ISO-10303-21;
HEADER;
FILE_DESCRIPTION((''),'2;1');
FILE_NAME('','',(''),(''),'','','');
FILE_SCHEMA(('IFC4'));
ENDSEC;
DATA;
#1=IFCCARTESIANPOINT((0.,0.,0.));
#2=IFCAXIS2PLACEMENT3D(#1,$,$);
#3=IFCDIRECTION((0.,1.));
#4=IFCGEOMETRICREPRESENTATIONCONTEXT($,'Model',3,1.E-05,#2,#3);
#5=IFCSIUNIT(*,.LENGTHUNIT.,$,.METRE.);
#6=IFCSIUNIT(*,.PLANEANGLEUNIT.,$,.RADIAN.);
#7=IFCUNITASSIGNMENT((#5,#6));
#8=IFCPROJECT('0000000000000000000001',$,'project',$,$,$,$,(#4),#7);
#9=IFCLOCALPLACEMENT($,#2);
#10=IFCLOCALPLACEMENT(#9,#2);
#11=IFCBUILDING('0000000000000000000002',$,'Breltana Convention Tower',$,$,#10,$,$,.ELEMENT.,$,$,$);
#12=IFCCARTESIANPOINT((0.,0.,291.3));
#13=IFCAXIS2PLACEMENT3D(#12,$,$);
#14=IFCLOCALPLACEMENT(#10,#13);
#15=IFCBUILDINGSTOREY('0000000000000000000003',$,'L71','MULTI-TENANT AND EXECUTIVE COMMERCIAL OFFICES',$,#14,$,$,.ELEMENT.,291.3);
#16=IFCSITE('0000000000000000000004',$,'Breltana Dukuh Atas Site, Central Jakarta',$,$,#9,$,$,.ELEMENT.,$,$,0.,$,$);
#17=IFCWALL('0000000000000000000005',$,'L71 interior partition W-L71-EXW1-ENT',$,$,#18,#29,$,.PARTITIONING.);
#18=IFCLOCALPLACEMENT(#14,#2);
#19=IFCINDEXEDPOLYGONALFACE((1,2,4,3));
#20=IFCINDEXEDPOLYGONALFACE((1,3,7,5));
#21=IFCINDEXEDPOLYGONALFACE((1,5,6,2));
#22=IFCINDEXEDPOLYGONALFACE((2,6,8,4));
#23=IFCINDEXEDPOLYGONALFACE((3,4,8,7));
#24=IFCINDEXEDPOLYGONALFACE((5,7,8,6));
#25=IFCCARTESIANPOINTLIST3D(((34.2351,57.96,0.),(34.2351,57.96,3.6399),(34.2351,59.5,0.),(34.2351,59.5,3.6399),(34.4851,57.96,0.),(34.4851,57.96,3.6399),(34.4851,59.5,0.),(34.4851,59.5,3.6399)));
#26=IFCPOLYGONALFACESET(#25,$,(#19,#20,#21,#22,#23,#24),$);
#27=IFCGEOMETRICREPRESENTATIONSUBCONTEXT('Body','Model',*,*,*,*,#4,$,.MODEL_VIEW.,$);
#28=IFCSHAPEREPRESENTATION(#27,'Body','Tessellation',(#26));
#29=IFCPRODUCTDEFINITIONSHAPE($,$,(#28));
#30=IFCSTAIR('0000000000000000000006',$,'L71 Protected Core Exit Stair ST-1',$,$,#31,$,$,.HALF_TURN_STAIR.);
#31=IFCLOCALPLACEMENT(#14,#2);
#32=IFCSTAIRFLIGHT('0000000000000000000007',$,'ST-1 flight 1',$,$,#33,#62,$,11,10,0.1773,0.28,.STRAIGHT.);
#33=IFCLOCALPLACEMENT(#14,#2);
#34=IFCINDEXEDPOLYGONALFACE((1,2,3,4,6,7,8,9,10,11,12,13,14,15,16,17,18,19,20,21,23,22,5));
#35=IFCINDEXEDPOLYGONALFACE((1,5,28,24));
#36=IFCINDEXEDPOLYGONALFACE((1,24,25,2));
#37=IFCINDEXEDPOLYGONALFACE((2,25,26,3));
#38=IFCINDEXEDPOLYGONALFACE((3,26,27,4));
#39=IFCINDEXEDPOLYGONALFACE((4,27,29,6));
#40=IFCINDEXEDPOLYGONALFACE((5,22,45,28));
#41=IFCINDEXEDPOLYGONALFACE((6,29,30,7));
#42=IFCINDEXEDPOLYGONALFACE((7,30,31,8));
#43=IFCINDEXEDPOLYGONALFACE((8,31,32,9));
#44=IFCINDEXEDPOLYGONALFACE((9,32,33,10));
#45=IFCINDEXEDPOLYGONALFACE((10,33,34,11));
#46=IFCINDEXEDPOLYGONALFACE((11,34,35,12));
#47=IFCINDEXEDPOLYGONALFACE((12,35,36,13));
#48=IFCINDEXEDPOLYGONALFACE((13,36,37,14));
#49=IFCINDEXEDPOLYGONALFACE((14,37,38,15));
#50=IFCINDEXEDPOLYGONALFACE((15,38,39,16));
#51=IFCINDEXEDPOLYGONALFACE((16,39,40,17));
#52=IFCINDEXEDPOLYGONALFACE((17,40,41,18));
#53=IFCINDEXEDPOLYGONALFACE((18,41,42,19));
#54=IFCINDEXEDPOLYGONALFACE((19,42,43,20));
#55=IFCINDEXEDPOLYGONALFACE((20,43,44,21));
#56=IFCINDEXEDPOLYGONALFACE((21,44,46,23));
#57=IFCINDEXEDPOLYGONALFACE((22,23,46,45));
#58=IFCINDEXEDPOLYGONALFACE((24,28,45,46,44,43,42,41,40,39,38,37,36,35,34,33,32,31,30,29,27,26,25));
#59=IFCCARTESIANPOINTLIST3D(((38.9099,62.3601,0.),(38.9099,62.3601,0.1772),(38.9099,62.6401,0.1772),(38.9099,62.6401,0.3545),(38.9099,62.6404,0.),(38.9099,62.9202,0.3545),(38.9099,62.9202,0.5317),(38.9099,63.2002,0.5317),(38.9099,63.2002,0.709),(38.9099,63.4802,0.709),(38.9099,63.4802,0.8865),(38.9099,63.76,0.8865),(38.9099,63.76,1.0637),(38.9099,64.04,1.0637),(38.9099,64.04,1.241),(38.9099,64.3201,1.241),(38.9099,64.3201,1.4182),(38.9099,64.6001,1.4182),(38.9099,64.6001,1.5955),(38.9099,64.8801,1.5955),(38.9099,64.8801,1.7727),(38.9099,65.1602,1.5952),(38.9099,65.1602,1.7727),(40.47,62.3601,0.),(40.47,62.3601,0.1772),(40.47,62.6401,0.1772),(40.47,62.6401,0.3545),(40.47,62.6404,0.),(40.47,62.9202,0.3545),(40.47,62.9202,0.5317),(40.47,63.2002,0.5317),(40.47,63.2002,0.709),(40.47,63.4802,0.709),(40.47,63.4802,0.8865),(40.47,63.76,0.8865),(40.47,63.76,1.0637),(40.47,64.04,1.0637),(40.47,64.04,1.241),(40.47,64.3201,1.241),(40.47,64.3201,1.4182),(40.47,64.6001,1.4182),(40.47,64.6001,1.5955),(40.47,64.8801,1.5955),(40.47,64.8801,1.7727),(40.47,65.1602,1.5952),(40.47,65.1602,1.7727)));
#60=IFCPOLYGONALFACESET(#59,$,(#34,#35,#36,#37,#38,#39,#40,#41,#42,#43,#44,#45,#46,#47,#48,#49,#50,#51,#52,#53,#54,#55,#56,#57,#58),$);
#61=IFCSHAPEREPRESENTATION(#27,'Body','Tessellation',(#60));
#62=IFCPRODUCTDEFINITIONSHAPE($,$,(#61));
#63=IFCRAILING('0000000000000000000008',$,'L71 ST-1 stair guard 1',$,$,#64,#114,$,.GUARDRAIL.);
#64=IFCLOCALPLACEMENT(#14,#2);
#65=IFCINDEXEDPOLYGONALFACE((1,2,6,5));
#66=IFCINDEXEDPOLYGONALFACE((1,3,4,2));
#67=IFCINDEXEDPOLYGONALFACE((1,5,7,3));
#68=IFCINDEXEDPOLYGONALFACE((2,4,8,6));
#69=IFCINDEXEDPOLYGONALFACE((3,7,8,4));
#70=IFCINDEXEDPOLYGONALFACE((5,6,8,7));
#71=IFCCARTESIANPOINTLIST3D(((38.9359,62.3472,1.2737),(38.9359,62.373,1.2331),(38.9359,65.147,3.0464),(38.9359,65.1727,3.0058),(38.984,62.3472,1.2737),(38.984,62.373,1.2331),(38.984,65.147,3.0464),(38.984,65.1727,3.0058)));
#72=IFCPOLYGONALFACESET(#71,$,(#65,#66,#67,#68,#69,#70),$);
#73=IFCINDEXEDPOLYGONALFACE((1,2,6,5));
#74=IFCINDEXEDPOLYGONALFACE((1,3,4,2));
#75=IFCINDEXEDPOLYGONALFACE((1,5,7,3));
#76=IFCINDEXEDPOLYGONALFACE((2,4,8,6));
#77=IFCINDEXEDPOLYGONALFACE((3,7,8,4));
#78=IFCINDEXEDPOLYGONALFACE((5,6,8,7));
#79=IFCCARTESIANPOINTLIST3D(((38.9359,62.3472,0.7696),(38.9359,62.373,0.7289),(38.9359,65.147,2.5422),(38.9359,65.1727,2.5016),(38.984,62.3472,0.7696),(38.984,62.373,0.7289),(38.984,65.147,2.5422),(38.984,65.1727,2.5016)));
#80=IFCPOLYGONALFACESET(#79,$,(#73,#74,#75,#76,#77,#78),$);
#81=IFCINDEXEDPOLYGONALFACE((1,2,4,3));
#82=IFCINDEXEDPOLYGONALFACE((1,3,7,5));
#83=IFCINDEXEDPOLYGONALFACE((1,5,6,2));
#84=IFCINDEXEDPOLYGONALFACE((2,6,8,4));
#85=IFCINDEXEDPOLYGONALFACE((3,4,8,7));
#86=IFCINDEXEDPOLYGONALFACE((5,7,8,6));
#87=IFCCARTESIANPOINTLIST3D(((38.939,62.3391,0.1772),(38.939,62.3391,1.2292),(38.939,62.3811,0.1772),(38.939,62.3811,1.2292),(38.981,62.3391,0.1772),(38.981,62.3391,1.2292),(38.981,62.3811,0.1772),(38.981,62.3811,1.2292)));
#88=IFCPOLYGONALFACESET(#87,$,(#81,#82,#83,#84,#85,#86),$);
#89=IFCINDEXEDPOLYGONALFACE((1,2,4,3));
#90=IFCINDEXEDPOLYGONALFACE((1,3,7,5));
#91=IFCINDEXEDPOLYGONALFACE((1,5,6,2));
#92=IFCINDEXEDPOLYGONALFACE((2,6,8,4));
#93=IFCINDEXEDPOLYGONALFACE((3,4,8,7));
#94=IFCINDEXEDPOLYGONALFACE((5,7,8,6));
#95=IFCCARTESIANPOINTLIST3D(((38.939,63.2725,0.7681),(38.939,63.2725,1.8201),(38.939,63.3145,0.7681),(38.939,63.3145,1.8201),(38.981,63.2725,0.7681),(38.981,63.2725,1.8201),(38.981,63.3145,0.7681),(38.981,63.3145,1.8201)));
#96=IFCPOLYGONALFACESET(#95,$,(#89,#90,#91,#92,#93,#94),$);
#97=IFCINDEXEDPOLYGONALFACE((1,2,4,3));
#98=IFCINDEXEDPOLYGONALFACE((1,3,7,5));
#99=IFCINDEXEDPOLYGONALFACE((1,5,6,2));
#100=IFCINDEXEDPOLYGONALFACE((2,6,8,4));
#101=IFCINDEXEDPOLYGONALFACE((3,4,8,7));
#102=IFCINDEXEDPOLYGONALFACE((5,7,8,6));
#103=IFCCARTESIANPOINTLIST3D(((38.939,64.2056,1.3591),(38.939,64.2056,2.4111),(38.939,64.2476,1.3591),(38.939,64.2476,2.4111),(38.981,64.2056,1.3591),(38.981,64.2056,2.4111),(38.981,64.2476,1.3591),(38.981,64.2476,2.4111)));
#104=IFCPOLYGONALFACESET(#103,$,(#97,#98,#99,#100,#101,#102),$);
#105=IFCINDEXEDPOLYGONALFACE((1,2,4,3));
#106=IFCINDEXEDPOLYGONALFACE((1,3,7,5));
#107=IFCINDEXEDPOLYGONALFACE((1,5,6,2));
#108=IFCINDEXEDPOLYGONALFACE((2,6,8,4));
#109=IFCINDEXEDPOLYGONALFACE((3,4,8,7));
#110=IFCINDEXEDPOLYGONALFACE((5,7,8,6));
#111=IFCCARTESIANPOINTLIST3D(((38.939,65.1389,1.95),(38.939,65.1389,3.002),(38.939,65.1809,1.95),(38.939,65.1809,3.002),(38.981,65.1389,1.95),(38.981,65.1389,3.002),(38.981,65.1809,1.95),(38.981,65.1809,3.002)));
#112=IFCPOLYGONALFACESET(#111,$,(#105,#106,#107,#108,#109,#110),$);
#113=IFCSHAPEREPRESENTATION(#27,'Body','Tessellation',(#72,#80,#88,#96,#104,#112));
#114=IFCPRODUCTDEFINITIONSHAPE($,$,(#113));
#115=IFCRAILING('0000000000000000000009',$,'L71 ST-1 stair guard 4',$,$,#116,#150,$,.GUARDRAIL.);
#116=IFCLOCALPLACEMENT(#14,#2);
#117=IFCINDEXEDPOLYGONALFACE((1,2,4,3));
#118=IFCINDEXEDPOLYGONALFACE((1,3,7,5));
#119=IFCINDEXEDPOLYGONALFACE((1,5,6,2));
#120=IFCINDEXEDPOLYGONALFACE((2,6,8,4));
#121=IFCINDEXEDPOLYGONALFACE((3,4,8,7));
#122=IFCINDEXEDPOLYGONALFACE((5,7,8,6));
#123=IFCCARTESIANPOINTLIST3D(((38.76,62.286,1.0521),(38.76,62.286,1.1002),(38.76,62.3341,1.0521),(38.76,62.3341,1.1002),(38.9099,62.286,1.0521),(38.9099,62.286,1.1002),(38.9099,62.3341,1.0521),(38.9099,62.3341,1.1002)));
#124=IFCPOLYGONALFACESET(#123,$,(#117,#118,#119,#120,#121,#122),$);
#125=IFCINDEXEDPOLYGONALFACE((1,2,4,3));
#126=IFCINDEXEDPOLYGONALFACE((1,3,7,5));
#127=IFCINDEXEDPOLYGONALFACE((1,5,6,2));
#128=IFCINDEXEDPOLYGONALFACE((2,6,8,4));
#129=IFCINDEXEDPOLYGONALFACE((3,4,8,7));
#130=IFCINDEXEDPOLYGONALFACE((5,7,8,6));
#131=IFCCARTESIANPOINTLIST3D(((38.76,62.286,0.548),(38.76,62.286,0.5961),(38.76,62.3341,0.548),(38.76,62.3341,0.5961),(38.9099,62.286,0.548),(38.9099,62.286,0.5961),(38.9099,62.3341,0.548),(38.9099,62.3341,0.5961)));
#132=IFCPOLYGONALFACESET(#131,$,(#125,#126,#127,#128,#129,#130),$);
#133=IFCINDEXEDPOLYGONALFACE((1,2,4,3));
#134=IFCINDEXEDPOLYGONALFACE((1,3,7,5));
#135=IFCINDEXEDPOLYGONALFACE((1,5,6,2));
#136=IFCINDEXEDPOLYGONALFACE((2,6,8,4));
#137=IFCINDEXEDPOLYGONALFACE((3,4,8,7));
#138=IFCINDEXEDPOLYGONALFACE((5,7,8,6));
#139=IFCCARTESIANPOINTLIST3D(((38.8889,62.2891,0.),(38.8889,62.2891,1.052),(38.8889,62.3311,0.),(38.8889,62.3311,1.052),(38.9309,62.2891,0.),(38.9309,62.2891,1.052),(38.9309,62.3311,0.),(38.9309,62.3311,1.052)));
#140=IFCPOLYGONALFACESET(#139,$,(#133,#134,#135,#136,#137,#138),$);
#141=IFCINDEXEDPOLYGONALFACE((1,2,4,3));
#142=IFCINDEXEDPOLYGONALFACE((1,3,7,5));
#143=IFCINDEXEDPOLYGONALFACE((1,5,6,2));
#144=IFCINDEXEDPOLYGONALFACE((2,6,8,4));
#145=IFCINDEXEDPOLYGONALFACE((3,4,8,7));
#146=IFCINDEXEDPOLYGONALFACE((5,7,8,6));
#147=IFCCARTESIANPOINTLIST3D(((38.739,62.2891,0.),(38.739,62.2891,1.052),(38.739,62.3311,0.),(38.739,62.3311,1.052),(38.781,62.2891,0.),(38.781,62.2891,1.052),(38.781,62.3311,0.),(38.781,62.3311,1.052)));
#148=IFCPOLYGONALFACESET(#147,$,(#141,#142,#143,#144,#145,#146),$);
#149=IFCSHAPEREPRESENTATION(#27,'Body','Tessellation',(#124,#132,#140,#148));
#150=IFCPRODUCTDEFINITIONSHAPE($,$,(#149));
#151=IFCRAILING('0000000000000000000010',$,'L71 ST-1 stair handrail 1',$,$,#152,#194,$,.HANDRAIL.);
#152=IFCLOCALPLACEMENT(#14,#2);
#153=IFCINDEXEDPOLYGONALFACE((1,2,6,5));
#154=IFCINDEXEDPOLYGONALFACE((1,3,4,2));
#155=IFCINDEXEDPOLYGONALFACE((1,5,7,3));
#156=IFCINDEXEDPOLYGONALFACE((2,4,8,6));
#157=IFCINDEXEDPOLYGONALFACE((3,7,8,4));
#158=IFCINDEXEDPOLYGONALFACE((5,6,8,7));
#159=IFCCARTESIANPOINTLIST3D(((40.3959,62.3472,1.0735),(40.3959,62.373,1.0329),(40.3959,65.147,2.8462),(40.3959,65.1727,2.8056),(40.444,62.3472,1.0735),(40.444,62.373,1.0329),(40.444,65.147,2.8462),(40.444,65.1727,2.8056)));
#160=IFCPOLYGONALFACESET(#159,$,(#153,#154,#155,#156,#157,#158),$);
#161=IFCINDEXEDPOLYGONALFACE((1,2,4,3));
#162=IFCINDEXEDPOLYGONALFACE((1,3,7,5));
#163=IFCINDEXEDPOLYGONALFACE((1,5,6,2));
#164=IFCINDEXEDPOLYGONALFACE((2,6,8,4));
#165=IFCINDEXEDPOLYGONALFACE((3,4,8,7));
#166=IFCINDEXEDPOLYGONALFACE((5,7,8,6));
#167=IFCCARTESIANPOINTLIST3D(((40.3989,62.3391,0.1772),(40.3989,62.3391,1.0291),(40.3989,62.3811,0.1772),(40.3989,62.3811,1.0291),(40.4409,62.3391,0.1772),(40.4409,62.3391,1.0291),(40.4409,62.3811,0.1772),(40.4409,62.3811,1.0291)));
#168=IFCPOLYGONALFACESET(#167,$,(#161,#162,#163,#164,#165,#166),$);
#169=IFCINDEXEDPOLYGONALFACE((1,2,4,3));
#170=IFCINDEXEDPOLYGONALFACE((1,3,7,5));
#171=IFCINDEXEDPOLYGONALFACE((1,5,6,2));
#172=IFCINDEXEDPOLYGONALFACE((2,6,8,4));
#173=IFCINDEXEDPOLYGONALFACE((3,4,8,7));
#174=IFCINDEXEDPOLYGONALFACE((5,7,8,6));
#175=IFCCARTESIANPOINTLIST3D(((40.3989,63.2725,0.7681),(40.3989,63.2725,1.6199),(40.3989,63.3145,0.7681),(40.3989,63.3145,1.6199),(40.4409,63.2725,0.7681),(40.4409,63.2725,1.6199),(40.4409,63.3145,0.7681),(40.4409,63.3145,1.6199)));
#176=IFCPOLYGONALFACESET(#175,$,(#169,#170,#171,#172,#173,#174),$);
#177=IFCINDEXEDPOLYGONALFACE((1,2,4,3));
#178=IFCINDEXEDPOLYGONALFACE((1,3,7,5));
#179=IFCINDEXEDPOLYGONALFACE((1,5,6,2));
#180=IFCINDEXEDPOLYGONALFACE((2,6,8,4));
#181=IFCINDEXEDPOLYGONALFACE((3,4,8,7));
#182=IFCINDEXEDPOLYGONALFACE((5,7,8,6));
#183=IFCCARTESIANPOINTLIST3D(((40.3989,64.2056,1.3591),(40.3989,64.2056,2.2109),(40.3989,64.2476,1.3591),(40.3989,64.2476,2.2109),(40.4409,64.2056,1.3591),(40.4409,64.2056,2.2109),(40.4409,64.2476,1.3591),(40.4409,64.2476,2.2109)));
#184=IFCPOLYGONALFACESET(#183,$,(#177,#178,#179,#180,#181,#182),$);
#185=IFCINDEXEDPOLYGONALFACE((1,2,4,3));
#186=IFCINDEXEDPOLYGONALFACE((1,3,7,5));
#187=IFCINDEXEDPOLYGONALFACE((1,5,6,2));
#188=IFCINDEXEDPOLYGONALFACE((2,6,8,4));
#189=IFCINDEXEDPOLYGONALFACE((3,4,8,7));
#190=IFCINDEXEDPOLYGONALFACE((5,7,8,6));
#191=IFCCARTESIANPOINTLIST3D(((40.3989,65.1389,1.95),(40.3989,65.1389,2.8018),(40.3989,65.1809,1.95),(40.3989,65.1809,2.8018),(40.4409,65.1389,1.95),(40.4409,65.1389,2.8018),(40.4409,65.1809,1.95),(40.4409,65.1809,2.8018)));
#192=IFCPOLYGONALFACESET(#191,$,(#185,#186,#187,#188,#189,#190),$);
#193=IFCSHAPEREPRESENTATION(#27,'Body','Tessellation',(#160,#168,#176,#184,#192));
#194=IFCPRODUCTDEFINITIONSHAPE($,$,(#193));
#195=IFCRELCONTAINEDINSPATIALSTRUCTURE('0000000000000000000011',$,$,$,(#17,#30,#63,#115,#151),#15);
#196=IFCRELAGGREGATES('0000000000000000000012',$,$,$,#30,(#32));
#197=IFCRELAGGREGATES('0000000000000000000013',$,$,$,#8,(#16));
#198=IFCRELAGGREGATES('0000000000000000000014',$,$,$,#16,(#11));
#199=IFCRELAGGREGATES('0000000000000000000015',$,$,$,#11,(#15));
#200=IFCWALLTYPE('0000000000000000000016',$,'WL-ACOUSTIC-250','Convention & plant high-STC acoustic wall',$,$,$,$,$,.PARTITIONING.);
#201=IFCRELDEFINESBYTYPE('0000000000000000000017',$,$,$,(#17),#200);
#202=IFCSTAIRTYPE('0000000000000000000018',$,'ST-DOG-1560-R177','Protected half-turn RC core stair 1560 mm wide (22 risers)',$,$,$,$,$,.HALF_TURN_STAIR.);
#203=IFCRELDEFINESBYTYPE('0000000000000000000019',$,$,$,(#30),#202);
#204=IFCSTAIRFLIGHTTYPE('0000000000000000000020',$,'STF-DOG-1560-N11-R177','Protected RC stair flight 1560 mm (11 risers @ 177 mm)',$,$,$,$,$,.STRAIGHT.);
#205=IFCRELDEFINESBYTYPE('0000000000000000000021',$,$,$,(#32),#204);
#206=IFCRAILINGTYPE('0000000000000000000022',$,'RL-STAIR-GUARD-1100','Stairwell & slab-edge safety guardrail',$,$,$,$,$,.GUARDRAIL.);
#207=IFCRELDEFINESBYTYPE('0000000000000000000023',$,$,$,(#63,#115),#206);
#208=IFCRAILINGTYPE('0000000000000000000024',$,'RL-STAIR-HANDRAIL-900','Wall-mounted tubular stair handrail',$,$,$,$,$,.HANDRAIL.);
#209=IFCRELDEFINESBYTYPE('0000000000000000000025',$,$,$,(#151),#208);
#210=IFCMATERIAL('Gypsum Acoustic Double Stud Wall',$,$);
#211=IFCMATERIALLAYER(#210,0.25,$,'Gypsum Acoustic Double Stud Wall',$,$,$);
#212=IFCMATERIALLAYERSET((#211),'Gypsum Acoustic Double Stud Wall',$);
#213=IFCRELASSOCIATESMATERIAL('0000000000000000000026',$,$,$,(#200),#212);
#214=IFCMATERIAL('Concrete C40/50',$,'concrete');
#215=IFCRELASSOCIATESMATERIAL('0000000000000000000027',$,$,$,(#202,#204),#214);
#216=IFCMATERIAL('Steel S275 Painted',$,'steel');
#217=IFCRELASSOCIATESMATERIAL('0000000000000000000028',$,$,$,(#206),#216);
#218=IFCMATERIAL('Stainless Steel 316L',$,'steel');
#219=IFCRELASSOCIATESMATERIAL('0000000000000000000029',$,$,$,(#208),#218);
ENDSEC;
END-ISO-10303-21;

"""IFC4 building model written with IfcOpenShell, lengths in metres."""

from ifc_helpers import new_model, si_unit, direction, frame, frame_2d, origin, origin_2d, place, context, subcontext, project, spatial, polyline, rectangle, outline, extrude, source, transform, mapped, material, layer, layer_set, type_object, element, aggregate, save


model = new_model("IFC4")

# Units and contexts
model_context = context("Model", 3, precision=1e-05, world=origin(), true_north=direction((0.0, 1.0)))
body_context = subcontext(model_context, "Body", "Model", "MODEL_VIEW")
ifc_project = project(units=[si_unit("LENGTHUNIT", "METRE"), si_unit("PLANEANGLEUNIT", "RADIAN")], contexts=[model_context])

# Site, building, storey
site_placement = place(None, origin())
site = spatial("IfcSite", under=ifc_project, at=site_placement, Name="Breltana Dukuh Atas Site, Central Jakarta", CompositionType="ELEMENT", RefElevation=0.0)
building_placement = place(site_placement, origin())
building = spatial("IfcBuilding", under=site, at=building_placement, Name="Breltana Convention Tower", CompositionType="ELEMENT")
storey_placement = place(building_placement, frame((0.0, 0.0, 291.3)))
storey = spatial("IfcBuildingStorey", under=building, at=storey_placement, Name="L71", Description="MULTI-TENANT AND EXECUTIVE COMMERCIAL OFFICES", CompositionType="ELEMENT", Elevation=291.3)

# Wall
ifc_material_1 = material(Name="Gypsum Acoustic Double Stud Wall")
ifc_layer_1 = layer(ifc_material_1, 0.25, Name="Gypsum Acoustic Double Stud Wall")
ifc_layer_set_1 = layer_set([ifc_layer_1], Name="Gypsum Acoustic Double Stud Wall")
wall_type_1 = type_object("IfcWallType", Name="WL-ACOUSTIC-250", Description="Convention & plant high-STC acoustic wall", PredefinedType="PARTITIONING", material=ifc_layer_set_1)
shared_shape_1 = source(origin(), body_context, "Body", "SweptSolid", [
    extrude(rectangle(XDim=1.54, YDim=0.25, at=frame_2d((0.77, 0.0))), origin(), (0.0, 0.0, 1.0), 3.6399),
])
wall_1_placement = place(storey_placement, frame((34.3601, 57.96, 0.0), z_axis=(0.0, 0.0, 1.0), x_axis=(0.0, 1.0, 0.0)))
element("IfcWall", 1, at=wall_1_placement, inside=storey, type_object=wall_type_1, Name="L71 interior partition W-L71-EXW1-ENT", PredefinedType="PARTITIONING", context=body_context, shape_type="MappedRepresentation", body=[
    mapped(shared_shape_1, transform((0.0, 0.0, 0.0), scale=1.0)),
])

# Stair, stair flight
ifc_material_2 = material(Name="Concrete C40/50", Category="concrete")
stair_type = type_object("IfcStairType", Name="ST-DOG-1560-R177", Description="Protected half-turn RC core stair 1560 mm wide (22 risers)", PredefinedType="HALF_TURN_STAIR", material=ifc_material_2)
stair_placement = place(storey_placement, origin())
stair = element("IfcStair", 2, at=stair_placement, inside=storey, type_object=stair_type, Name="L71 Protected Core Exit Stair ST-1", PredefinedType="HALF_TURN_STAIR")
stair_flight_type = type_object("IfcStairFlightType", Name="STF-DOG-1560-N11-R177", Description="Protected RC stair flight 1560 mm (11 risers @ 177 mm)", PredefinedType="STRAIGHT", material=ifc_material_2)
stair_flight_placement = place(storey_placement, frame((39.6899, 62.3601, 0.0), z_axis=(0.0, 0.0, 1.0), x_axis=(0.0, 1.0, 0.0)))
stair_flight = element("IfcStairFlight", 3, at=stair_flight_placement, type_object=stair_flight_type, Name="ST-1 flight 1", NumberOfRisers=11, NumberOfTreads=10, PredefinedType="STRAIGHT", RiserHeight=0.1773, TreadLength=0.28, context=body_context, shape_type="SweptSolid", body=[
    extrude(outline(polyline([(0.0, 0.0), (0.0, 0.1772), (0.28, 0.1772), (0.28, 0.3545), (0.5601, 0.3545), (0.5601, 0.5317), (0.8401, 0.5317), (0.8401, 0.709), (1.1201, 0.709), (1.1201, 0.8865), (1.3999, 0.8865), (1.3999, 1.0637), (1.6799, 1.0637), (1.6799, 1.241), (1.96, 1.241), (1.96, 1.4182), (2.24, 1.4182), (2.24, 1.5955), (2.52, 1.5955), (2.52, 1.7727), (2.8, 1.7727), (2.8, 1.95), (2.8, 1.5952), (0.2803, 0.0), (0.0, 0.0)])), frame((0.0, 0.78, 0.0), z_axis=(0.0, -1.0, 0.0), x_axis=(1.0, 0.0, 0.0)), (0.0, 0.0, 1.0), 1.5601),
])
aggregate(stair, [stair_flight])

# Railings
ifc_material_3 = material(Name="Steel S275 Painted", Category="steel")
railing_type_1 = type_object("IfcRailingType", Name="RL-STAIR-GUARD-1100", Description="Stairwell & slab-edge safety guardrail", PredefinedType="GUARDRAIL", material=ifc_material_3)
railing_1_placement = place(storey_placement, frame((38.96, 62.3601, 0.1772)))
element("IfcRailing", 4, at=railing_1_placement, inside=storey, type_object=railing_type_1, Name="L71 ST-1 stair guard 1", PredefinedType="GUARDRAIL", context=body_context, shape_type="SweptSolid", body=[
    extrude(rectangle(XDim=0.0481, YDim=0.0481, at=origin_2d()), frame((0.0, 0.0, 1.0762), z_axis=(0.0, 0.844888, 0.534943), x_axis=(-1.0, 0.0, 0.0)), (0.0, 0.0, 1.0), 3.3137),
    extrude(rectangle(XDim=0.0481, YDim=0.0481, at=origin_2d()), frame((0.0, 0.0, 0.572), z_axis=(0.0, 0.844888, 0.534943), x_axis=(-1.0, 0.0, 0.0)), (0.0, 0.0, 1.0), 3.3137),
    extrude(rectangle(XDim=0.042, YDim=0.042, at=origin_2d()), origin(), (0.0, 0.0, 1.0), 1.052),
    extrude(rectangle(XDim=0.042, YDim=0.042, at=origin_2d()), frame((0.0, 0.9333, 0.5908)), (0.0, 0.0, 1.0), 1.052),
    extrude(rectangle(XDim=0.042, YDim=0.042, at=origin_2d()), frame((0.0, 1.8665, 1.1819)), (0.0, 0.0, 1.0), 1.052),
    extrude(rectangle(XDim=0.042, YDim=0.042, at=origin_2d()), frame((0.0, 2.7998, 1.7727)), (0.0, 0.0, 1.0), 1.052),
])
railing_2_placement = place(storey_placement, frame((38.9099, 62.3101, 0.0)))
element("IfcRailing", 5, at=railing_2_placement, inside=storey, type_object=railing_type_1, Name="L71 ST-1 stair guard 4", PredefinedType="GUARDRAIL", context=body_context, shape_type="SweptSolid", body=[
    extrude(rectangle(XDim=0.0481, YDim=0.0481, at=origin_2d()), frame((0.0, 0.0, 1.0762), z_axis=(-1.0, 0.0, 0.0), x_axis=(0.0, -1.0, 0.0)), (0.0, 0.0, 1.0), 0.1499),
    extrude(rectangle(XDim=0.0481, YDim=0.0481, at=origin_2d()), frame((0.0, 0.0, 0.572), z_axis=(-1.0, 0.0, 0.0), x_axis=(0.0, -1.0, 0.0)), (0.0, 0.0, 1.0), 0.1499),
    extrude(rectangle(XDim=0.042, YDim=0.042, at=origin_2d()), origin(), (0.0, 0.0, 1.0), 1.052),
    extrude(rectangle(XDim=0.042, YDim=0.042, at=origin_2d()), frame((-0.1499, 0.0, 0.0)), (0.0, 0.0, 1.0), 1.052),
])
ifc_material_4 = material(Name="Stainless Steel 316L", Category="steel")
railing_type_2 = type_object("IfcRailingType", Name="RL-STAIR-HANDRAIL-900", Description="Wall-mounted tubular stair handrail", PredefinedType="HANDRAIL", material=ifc_material_4)
railing_3_placement = place(storey_placement, frame((40.4199, 62.3601, 0.1772)))
element("IfcRailing", 6, at=railing_3_placement, inside=storey, type_object=railing_type_2, Name="L71 ST-1 stair handrail 1", PredefinedType="HANDRAIL", context=body_context, shape_type="SweptSolid", body=[
    extrude(rectangle(XDim=0.0481, YDim=0.0481, at=origin_2d()), frame((0.0, 0.0, 0.876), z_axis=(0.0, 0.844888, 0.534943), x_axis=(-1.0, 0.0, 0.0)), (0.0, 0.0, 1.0), 3.3137),
    extrude(rectangle(XDim=0.042, YDim=0.042, at=origin_2d()), origin(), (0.0, 0.0, 1.0), 0.8518),
    extrude(rectangle(XDim=0.042, YDim=0.042, at=origin_2d()), frame((0.0, 0.9333, 0.5908)), (0.0, 0.0, 1.0), 0.8518),
    extrude(rectangle(XDim=0.042, YDim=0.042, at=origin_2d()), frame((0.0, 1.8665, 1.1819)), (0.0, 0.0, 1.0), 0.8518),
    extrude(rectangle(XDim=0.042, YDim=0.042, at=origin_2d()), frame((0.0, 2.7998, 1.7727)), (0.0, 0.0, 1.0), 0.8518),
])

save(model, "model.ifc")
